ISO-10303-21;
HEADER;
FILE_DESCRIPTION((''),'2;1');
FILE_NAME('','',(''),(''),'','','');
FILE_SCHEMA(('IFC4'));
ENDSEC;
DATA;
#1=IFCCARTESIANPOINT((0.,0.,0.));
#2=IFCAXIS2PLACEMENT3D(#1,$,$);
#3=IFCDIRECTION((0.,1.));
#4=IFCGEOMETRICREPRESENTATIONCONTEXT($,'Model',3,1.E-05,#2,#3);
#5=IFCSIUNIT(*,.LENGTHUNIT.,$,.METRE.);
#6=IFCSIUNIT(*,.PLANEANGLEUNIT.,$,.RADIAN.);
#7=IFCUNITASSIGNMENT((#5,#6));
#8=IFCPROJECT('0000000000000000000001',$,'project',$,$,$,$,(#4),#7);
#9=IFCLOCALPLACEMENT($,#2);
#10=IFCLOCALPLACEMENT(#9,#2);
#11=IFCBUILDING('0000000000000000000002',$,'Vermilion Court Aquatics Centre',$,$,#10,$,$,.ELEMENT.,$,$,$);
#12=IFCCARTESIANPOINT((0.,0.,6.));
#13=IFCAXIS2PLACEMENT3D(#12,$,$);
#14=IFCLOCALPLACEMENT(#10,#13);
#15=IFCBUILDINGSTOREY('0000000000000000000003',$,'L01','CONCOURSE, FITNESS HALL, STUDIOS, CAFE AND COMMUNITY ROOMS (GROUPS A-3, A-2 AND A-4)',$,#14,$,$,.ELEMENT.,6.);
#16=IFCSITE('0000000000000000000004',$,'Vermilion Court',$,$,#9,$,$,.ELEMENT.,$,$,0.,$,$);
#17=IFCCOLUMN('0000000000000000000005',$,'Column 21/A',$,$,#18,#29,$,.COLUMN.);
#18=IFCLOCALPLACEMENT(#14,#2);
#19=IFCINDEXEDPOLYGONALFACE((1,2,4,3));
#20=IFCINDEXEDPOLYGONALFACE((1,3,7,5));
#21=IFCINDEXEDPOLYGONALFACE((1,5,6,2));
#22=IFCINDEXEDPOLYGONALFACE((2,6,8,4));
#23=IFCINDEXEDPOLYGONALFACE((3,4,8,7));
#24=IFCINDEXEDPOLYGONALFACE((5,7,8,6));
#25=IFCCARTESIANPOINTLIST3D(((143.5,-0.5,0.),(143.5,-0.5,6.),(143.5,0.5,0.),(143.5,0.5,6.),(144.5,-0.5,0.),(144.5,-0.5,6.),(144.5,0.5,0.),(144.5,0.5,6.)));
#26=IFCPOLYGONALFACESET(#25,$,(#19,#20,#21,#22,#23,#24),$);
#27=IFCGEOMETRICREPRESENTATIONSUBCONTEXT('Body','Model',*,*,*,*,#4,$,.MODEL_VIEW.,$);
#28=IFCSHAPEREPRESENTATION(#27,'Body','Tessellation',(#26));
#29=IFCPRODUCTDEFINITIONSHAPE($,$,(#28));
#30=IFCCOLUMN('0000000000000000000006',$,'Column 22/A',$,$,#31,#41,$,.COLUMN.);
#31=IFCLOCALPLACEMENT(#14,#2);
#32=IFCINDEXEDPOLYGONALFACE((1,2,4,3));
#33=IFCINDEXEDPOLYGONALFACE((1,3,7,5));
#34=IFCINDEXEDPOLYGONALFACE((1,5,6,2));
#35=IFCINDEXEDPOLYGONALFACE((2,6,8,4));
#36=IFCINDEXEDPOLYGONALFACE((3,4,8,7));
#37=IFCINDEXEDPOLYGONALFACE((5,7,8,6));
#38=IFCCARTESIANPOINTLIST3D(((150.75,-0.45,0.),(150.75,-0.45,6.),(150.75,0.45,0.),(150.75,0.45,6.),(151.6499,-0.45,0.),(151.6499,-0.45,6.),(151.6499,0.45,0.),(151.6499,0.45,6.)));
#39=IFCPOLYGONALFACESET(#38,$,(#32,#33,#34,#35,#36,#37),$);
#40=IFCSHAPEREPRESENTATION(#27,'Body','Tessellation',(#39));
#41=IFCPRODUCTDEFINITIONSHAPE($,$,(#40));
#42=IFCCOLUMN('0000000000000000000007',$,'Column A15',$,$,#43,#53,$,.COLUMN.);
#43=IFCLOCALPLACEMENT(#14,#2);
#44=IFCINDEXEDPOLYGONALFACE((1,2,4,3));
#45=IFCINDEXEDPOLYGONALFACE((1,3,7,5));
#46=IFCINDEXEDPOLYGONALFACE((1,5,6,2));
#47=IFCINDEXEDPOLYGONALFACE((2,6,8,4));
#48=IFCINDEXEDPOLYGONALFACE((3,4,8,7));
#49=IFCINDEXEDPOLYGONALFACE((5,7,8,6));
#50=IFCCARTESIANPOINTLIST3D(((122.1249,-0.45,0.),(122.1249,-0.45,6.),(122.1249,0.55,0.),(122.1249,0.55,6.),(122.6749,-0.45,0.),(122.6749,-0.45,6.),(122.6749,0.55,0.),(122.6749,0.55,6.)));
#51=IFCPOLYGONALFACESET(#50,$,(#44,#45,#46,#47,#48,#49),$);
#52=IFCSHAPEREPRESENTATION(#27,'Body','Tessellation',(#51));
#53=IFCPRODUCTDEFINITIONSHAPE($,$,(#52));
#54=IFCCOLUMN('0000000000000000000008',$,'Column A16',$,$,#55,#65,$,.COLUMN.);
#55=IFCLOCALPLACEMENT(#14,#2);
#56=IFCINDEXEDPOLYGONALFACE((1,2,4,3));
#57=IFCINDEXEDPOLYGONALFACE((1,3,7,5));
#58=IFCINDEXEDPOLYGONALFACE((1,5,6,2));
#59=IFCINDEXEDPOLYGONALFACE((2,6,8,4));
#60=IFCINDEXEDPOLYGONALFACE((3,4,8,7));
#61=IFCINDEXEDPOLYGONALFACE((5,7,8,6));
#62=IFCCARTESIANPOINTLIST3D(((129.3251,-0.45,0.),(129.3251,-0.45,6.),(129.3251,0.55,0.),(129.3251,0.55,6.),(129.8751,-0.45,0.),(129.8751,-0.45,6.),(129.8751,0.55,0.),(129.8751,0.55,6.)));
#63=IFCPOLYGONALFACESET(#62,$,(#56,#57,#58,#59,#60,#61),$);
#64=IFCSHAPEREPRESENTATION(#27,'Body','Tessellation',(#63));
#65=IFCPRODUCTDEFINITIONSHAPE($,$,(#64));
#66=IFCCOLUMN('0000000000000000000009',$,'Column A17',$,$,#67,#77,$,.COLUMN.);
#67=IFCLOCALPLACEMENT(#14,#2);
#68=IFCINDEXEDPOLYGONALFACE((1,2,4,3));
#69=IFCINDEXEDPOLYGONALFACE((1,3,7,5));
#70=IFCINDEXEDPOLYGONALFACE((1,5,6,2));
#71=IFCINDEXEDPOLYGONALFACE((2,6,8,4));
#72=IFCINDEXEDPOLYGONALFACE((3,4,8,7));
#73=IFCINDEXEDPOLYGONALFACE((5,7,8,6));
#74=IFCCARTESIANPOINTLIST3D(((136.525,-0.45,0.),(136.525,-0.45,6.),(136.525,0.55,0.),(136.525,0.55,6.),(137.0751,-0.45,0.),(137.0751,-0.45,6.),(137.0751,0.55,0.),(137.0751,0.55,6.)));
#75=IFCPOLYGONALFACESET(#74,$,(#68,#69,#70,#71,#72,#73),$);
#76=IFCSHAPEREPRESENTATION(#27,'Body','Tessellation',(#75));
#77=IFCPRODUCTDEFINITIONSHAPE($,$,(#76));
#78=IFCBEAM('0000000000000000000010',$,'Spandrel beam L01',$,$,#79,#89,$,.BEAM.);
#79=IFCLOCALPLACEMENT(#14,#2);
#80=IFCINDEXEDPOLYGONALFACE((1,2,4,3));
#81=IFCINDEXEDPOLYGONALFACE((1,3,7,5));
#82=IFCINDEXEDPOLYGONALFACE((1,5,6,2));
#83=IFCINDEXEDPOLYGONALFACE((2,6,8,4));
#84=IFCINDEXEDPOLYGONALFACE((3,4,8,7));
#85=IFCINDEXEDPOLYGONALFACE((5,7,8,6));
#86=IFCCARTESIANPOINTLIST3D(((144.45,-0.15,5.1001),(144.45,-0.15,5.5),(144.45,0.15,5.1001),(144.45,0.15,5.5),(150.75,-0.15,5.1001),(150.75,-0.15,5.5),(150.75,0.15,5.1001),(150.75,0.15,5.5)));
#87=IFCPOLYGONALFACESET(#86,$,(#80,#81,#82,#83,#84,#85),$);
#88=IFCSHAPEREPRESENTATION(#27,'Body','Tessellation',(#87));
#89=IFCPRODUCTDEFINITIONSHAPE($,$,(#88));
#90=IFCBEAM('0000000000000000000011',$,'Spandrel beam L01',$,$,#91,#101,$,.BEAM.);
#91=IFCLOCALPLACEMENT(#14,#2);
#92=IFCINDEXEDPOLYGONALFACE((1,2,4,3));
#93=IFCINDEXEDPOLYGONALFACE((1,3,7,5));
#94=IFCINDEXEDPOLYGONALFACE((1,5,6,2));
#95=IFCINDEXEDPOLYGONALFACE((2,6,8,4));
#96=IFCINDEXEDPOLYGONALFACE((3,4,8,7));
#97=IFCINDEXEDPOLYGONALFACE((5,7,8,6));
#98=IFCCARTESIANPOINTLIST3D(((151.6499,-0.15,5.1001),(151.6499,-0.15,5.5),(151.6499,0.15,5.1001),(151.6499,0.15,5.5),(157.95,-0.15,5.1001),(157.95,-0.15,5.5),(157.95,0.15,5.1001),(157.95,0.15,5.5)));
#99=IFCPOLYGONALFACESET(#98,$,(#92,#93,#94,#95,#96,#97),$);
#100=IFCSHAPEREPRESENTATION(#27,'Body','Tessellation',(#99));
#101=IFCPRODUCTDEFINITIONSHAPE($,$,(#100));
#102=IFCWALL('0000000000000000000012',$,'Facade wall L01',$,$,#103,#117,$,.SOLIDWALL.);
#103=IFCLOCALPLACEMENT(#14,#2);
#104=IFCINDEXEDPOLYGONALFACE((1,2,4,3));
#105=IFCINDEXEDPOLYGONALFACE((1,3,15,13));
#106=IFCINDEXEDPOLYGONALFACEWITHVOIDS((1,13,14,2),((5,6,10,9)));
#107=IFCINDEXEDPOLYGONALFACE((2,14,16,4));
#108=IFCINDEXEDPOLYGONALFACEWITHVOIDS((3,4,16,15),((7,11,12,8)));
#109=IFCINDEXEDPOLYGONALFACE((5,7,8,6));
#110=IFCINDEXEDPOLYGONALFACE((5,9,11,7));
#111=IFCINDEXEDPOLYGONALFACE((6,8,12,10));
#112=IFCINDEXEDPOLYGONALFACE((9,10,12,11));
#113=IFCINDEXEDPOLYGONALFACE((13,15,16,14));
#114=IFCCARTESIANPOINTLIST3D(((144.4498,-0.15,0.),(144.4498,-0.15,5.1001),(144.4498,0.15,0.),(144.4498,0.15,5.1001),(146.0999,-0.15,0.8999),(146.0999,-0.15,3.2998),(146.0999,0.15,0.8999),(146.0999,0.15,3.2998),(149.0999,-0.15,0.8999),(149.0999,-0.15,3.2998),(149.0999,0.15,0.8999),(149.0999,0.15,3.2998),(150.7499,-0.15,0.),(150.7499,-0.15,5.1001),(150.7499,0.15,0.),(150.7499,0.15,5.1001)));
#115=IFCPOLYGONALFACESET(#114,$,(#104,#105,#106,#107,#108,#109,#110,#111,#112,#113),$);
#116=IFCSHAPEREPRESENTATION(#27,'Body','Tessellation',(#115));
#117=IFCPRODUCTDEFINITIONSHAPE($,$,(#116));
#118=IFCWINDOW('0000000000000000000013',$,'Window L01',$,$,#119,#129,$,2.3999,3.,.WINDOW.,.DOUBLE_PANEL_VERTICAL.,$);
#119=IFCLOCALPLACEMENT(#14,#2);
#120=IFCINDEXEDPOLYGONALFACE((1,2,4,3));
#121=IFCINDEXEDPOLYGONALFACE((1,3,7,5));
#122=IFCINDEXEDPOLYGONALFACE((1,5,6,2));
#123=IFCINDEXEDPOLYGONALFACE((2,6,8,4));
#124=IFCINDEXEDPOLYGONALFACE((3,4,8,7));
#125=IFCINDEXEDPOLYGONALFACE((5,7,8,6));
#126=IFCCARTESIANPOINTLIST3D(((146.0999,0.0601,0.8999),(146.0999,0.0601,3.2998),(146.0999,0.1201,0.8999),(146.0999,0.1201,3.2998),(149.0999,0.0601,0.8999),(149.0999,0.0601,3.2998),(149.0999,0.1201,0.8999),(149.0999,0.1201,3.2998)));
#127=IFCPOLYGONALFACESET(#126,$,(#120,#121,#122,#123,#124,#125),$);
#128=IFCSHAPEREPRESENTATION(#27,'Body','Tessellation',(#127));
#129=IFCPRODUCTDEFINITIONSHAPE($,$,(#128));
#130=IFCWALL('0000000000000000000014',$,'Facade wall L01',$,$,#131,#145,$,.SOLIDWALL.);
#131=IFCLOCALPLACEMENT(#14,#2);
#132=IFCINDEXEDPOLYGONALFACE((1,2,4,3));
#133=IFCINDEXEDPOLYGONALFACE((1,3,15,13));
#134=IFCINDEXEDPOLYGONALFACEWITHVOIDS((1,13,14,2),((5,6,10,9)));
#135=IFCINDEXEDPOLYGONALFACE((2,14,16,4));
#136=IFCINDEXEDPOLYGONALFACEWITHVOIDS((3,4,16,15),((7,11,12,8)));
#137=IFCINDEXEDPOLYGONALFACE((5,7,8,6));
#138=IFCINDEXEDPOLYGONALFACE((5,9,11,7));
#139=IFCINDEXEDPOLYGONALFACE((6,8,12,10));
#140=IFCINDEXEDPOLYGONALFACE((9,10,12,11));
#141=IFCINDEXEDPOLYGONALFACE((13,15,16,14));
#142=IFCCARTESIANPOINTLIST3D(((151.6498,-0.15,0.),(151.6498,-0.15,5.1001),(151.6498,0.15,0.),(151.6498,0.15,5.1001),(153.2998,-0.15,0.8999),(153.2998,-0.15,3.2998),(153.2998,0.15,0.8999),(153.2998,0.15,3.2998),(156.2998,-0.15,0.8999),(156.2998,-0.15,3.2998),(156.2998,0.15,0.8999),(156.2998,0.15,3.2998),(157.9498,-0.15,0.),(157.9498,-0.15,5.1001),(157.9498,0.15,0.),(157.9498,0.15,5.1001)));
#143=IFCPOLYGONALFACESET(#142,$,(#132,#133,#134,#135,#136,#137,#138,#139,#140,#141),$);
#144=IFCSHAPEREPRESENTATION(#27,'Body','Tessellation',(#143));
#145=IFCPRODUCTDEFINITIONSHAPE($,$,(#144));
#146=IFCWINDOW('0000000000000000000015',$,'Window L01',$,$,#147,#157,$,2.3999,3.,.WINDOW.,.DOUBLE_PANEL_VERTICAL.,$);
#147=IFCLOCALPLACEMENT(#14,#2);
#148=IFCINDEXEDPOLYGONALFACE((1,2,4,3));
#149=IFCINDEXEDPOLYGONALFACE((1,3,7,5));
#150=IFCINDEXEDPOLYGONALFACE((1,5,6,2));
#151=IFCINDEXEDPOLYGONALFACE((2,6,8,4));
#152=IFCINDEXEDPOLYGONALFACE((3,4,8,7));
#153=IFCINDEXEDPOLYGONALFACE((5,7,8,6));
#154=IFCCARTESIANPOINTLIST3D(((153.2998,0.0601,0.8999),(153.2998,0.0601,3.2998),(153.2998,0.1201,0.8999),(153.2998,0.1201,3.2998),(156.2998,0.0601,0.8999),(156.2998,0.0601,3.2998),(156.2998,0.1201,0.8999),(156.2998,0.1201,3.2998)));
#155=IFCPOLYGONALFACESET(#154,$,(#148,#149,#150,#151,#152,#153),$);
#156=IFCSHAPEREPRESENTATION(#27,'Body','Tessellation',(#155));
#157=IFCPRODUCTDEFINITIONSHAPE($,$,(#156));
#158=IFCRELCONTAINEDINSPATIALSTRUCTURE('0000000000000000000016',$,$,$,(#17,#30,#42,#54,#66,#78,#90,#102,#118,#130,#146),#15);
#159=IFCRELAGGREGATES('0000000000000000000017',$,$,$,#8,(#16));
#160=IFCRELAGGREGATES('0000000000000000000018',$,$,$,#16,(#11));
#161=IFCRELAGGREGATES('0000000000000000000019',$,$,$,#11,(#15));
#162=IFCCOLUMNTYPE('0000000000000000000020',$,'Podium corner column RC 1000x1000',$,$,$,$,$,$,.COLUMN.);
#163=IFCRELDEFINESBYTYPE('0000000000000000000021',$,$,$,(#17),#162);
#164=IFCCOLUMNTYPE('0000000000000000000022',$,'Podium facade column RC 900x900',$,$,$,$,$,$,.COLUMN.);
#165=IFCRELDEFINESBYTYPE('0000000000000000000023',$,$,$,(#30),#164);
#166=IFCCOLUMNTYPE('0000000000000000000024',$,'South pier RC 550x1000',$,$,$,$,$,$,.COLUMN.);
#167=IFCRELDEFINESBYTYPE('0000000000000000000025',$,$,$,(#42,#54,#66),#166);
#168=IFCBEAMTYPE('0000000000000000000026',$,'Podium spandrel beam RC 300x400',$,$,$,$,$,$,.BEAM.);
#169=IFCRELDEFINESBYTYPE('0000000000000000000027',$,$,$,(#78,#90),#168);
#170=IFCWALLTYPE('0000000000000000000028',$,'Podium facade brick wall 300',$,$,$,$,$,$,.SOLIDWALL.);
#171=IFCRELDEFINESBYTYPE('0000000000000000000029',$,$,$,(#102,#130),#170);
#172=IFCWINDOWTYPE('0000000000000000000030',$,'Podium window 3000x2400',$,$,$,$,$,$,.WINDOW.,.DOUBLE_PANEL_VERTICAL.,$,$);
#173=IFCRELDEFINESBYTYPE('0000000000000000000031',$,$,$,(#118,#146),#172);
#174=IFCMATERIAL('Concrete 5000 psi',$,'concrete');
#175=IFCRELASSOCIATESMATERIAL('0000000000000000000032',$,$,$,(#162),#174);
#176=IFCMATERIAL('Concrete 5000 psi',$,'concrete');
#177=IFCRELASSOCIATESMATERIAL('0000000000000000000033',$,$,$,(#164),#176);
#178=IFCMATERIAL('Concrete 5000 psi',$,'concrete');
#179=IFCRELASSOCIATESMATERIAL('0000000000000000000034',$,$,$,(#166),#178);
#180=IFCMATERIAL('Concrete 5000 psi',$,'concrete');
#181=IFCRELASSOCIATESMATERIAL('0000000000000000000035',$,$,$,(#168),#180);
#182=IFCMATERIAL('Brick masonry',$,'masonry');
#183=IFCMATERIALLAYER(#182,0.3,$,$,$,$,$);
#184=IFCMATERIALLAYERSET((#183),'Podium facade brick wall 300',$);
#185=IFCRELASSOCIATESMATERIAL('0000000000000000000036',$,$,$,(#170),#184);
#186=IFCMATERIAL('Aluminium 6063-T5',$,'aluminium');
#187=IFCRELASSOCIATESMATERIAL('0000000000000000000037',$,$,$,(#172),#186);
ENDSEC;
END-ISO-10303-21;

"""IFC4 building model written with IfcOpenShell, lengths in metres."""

from ifc_helpers import new_model, si_unit, direction, frame, frame_2d, origin, origin_2d, place, context, subcontext, project, spatial, rectangle, extrude, material, layer, layer_set, material_profile, profile_set, type_object, element, fill, save


model = new_model("IFC4")

# Units and contexts
model_context = context("Model", 3, precision=1e-05, world=origin(), true_north=direction((0.0, 1.0)))
body_context = subcontext(model_context, "Body", "Model", "MODEL_VIEW")
ifc_project = project(units=[si_unit("LENGTHUNIT", "METRE"), si_unit("PLANEANGLEUNIT", "RADIAN")], contexts=[model_context])

# Site, building, storey
site_placement = place(None, origin())
site = spatial("IfcSite", under=ifc_project, at=site_placement, Name="Vermilion Court", CompositionType="ELEMENT", RefElevation=0.0)
building_placement = place(site_placement, origin())
building = spatial("IfcBuilding", under=site, at=building_placement, Name="Vermilion Court Aquatics Centre", CompositionType="ELEMENT")
storey_placement = place(building_placement, frame((0.0, 0.0, 6.0)))
storey = spatial("IfcBuildingStorey", under=building, at=storey_placement, Name="L01", Description="CONCOURSE, FITNESS HALL, STUDIOS, CAFE AND COMMUNITY ROOMS (GROUPS A-3, A-2 AND A-4)", CompositionType="ELEMENT", Elevation=6.0)

# Columns
ifc_material_1 = material(Name="Concrete 5000 psi", Category="concrete")
ifc_material_profile_1 = material_profile(ifc_material_1, rectangle(XDim=1.0, YDim=1.0, at=origin_2d()), Name="RC 1000x1000")
ifc_profile_set_1 = profile_set([ifc_material_profile_1], Name="Concrete 5000 psi")
column_type_1 = type_object("IfcColumnType", Name="Podium corner column RC 1000x1000", PredefinedType="COLUMN", material=ifc_profile_set_1)
column_1_placement = place(storey_placement, frame((144.0, 0.0, 0.0), z_axis=(0.0, 0.0, 1.0), x_axis=(1.0, 0.0, 0.0)))
element("IfcColumn", 1, at=column_1_placement, inside=storey, type_object=column_type_1, Name="Column 21/A", PredefinedType="COLUMN", context=body_context, shape_type="SweptSolid", body=[
    extrude(rectangle(XDim=1.0, YDim=1.0, at=origin_2d()), origin(), (0.0, 0.0, 1.0), 6.0),
])
ifc_material_2 = material(Name="Concrete 5000 psi", Category="concrete")
ifc_material_profile_2 = material_profile(ifc_material_2, rectangle(XDim=0.8999, YDim=0.8999, at=origin_2d()), Name="RC 900x900")
ifc_profile_set_2 = profile_set([ifc_material_profile_2], Name="Concrete 5000 psi")
column_type_2 = type_object("IfcColumnType", Name="Podium facade column RC 900x900", PredefinedType="COLUMN", material=ifc_profile_set_2)
column_2_placement = place(storey_placement, frame((151.2, 0.0, 0.0), z_axis=(0.0, 0.0, 1.0), x_axis=(1.0, 0.0, 0.0)))
element("IfcColumn", 2, at=column_2_placement, inside=storey, type_object=column_type_2, Name="Column 22/A", PredefinedType="COLUMN", context=body_context, shape_type="SweptSolid", body=[
    extrude(rectangle(XDim=0.8999, YDim=0.8999, at=origin_2d()), origin(), (0.0, 0.0, 1.0), 6.0),
])
ifc_material_3 = material(Name="Concrete 5000 psi", Category="concrete")
ifc_material_profile_3 = material_profile(ifc_material_3, rectangle(XDim=0.55, YDim=1.0, at=origin_2d()), Name="RC 550x1000")
ifc_profile_set_3 = profile_set([ifc_material_profile_3], Name="Concrete 5000 psi")
column_type_3 = type_object("IfcColumnType", Name="South pier RC 550x1000", PredefinedType="COLUMN", material=ifc_profile_set_3)
for number, where, z_axis, x_axis, name in (
    (3, (122.3999, 0.05, 0.0), (0.0, 0.0, 1.0), (1.0, 0.0, 0.0), "Column A15"),
    (4, (129.6001, 0.05, 0.0), (0.0, 0.0, 1.0), (1.0, 0.0, 0.0), "Column A16"),
    (5, (136.8, 0.05, 0.0), (0.0, 0.0, 1.0), (1.0, 0.0, 0.0), "Column A17"),
):
    element("IfcColumn", number, at=place(storey_placement, frame(where, z_axis=z_axis, x_axis=x_axis)), inside=storey, type_object=column_type_3, Name=name, PredefinedType="COLUMN", context=body_context, shape_type="SweptSolid", body=[
        extrude(rectangle(XDim=0.55, YDim=1.0, at=origin_2d()), origin(), (0.0, 0.0, 1.0), 6.0),
    ])

# Beams
ifc_material_4 = material(Name="Concrete 5000 psi", Category="concrete")
ifc_material_profile_4 = material_profile(ifc_material_4, rectangle(XDim=0.3, YDim=0.3999, at=origin_2d()), Name="RC 300x400")
ifc_profile_set_4 = profile_set([ifc_material_profile_4], Name="Concrete 5000 psi")
beam_type = type_object("IfcBeamType", Name="Podium spandrel beam RC 300x400", PredefinedType="BEAM", material=ifc_profile_set_4)
for number, where, z_axis, x_axis, name in (
    (6, (144.45, 0.0, 5.3), (1.0, 0.0, 0.0), (0.0, 1.0, 0.0), "Spandrel beam L01"),
    (7, (151.6499, 0.0, 5.3), (1.0, 0.0, 0.0), (0.0, 1.0, 0.0), "Spandrel beam L01"),
):
    element("IfcBeam", number, at=place(storey_placement, frame(where, z_axis=z_axis, x_axis=x_axis)), inside=storey, type_object=beam_type, Name=name, PredefinedType="BEAM", context=body_context, shape_type="SweptSolid", body=[
        extrude(rectangle(XDim=0.3, YDim=0.3999, at=origin_2d()), origin(), (0.0, 0.0, 1.0), 6.3),
    ])

# Walls, openings, windows
ifc_material_5 = material(Name="Brick masonry", Category="masonry")
ifc_layer_1 = layer(ifc_material_5, 0.3)
ifc_layer_set_1 = layer_set([ifc_layer_1], Name="Podium facade brick wall 300")
wall_type_1 = type_object("IfcWallType", Name="Podium facade brick wall 300", PredefinedType="SOLIDWALL", material=ifc_layer_set_1)
wall_1_placement = place(storey_placement, frame((144.45, 0.0, 0.0), z_axis=(0.0, 0.0, 1.0), x_axis=(1.0, 0.0, 0.0)))
wall_1 = element("IfcWall", 8, at=wall_1_placement, inside=storey, type_object=wall_type_1, Name="Facade wall L01", PredefinedType="SOLIDWALL", context=body_context, shape_type="SweptSolid", body=[
    extrude(rectangle(XDim=6.3, YDim=0.3, at=frame_2d((3.1499, 0.0))), origin(), (0.0, 0.0, 1.0), 5.1001),
])
opening_1_placement = place(wall_1_placement, frame((1.6499, 0.0, 0.8999)))
opening_1 = element("IfcOpeningElement", 9, at=opening_1_placement, cuts=wall_1, PredefinedType="OPENING", context=body_context, shape_type="SweptSolid", body=[
    extrude(rectangle(XDim=3.0, YDim=2.3999, at=frame_2d((1.5, 1.2))), frame((0.0, 0.1599, 0.0), z_axis=(0.0, -1.0, 0.0), x_axis=(1.0, 0.0, 0.0)), (0.0, 0.0, 1.0), 0.3201),
])
ifc_material_6 = material(Name="Aluminium 6063-T5", Category="aluminium")
window_type_1 = type_object("IfcWindowType", Name="Podium window 3000x2400", PartitioningType="DOUBLE_PANEL_VERTICAL", PredefinedType="WINDOW", material=ifc_material_6)
window_1_placement = place(opening_1_placement, origin())
window_1 = element("IfcWindow", 10, at=window_1_placement, inside=storey, type_object=window_type_1, Name="Window L01", OverallHeight=2.3999, OverallWidth=3.0, PartitioningType="DOUBLE_PANEL_VERTICAL", PredefinedType="WINDOW", context=body_context, shape_type="SweptSolid", body=[
    extrude(rectangle(XDim=3.0, YDim=2.3999, at=frame_2d((1.5, 1.2))), frame((0.0, 0.1201, 0.0), z_axis=(0.0, -1.0, 0.0), x_axis=(1.0, 0.0, 0.0)), (0.0, 0.0, 1.0), 0.0601),
])
fill(opening_1, window_1)
wall_2_placement = place(storey_placement, frame((151.6499, 0.0, 0.0), z_axis=(0.0, 0.0, 1.0), x_axis=(1.0, 0.0, 0.0)))
wall_2 = element("IfcWall", 11, at=wall_2_placement, inside=storey, type_object=wall_type_1, Name="Facade wall L01", PredefinedType="SOLIDWALL", context=body_context, shape_type="SweptSolid", body=[
    extrude(rectangle(XDim=6.3, YDim=0.3, at=frame_2d((3.1499, 0.0))), origin(), (0.0, 0.0, 1.0), 5.1001),
])
opening_2_placement = place(wall_2_placement, frame((1.6499, 0.0, 0.8999)))
opening_2 = element("IfcOpeningElement", 12, at=opening_2_placement, cuts=wall_2, PredefinedType="OPENING", context=body_context, shape_type="SweptSolid", body=[
    extrude(rectangle(XDim=3.0, YDim=2.3999, at=frame_2d((1.5, 1.2))), frame((0.0, 0.1599, 0.0), z_axis=(0.0, -1.0, 0.0), x_axis=(1.0, 0.0, 0.0)), (0.0, 0.0, 1.0), 0.3201),
])
window_2_placement = place(opening_2_placement, origin())
window_2 = element("IfcWindow", 13, at=window_2_placement, inside=storey, type_object=window_type_1, Name="Window L01", OverallHeight=2.3999, OverallWidth=3.0, PartitioningType="DOUBLE_PANEL_VERTICAL", PredefinedType="WINDOW", context=body_context, shape_type="SweptSolid", body=[
    extrude(rectangle(XDim=3.0, YDim=2.3999, at=frame_2d((1.5, 1.2))), frame((0.0, 0.1201, 0.0), z_axis=(0.0, -1.0, 0.0), x_axis=(1.0, 0.0, 0.0)), (0.0, 0.0, 1.0), 0.0601),
])
fill(opening_2, window_2)

save(model, "model.ifc")
